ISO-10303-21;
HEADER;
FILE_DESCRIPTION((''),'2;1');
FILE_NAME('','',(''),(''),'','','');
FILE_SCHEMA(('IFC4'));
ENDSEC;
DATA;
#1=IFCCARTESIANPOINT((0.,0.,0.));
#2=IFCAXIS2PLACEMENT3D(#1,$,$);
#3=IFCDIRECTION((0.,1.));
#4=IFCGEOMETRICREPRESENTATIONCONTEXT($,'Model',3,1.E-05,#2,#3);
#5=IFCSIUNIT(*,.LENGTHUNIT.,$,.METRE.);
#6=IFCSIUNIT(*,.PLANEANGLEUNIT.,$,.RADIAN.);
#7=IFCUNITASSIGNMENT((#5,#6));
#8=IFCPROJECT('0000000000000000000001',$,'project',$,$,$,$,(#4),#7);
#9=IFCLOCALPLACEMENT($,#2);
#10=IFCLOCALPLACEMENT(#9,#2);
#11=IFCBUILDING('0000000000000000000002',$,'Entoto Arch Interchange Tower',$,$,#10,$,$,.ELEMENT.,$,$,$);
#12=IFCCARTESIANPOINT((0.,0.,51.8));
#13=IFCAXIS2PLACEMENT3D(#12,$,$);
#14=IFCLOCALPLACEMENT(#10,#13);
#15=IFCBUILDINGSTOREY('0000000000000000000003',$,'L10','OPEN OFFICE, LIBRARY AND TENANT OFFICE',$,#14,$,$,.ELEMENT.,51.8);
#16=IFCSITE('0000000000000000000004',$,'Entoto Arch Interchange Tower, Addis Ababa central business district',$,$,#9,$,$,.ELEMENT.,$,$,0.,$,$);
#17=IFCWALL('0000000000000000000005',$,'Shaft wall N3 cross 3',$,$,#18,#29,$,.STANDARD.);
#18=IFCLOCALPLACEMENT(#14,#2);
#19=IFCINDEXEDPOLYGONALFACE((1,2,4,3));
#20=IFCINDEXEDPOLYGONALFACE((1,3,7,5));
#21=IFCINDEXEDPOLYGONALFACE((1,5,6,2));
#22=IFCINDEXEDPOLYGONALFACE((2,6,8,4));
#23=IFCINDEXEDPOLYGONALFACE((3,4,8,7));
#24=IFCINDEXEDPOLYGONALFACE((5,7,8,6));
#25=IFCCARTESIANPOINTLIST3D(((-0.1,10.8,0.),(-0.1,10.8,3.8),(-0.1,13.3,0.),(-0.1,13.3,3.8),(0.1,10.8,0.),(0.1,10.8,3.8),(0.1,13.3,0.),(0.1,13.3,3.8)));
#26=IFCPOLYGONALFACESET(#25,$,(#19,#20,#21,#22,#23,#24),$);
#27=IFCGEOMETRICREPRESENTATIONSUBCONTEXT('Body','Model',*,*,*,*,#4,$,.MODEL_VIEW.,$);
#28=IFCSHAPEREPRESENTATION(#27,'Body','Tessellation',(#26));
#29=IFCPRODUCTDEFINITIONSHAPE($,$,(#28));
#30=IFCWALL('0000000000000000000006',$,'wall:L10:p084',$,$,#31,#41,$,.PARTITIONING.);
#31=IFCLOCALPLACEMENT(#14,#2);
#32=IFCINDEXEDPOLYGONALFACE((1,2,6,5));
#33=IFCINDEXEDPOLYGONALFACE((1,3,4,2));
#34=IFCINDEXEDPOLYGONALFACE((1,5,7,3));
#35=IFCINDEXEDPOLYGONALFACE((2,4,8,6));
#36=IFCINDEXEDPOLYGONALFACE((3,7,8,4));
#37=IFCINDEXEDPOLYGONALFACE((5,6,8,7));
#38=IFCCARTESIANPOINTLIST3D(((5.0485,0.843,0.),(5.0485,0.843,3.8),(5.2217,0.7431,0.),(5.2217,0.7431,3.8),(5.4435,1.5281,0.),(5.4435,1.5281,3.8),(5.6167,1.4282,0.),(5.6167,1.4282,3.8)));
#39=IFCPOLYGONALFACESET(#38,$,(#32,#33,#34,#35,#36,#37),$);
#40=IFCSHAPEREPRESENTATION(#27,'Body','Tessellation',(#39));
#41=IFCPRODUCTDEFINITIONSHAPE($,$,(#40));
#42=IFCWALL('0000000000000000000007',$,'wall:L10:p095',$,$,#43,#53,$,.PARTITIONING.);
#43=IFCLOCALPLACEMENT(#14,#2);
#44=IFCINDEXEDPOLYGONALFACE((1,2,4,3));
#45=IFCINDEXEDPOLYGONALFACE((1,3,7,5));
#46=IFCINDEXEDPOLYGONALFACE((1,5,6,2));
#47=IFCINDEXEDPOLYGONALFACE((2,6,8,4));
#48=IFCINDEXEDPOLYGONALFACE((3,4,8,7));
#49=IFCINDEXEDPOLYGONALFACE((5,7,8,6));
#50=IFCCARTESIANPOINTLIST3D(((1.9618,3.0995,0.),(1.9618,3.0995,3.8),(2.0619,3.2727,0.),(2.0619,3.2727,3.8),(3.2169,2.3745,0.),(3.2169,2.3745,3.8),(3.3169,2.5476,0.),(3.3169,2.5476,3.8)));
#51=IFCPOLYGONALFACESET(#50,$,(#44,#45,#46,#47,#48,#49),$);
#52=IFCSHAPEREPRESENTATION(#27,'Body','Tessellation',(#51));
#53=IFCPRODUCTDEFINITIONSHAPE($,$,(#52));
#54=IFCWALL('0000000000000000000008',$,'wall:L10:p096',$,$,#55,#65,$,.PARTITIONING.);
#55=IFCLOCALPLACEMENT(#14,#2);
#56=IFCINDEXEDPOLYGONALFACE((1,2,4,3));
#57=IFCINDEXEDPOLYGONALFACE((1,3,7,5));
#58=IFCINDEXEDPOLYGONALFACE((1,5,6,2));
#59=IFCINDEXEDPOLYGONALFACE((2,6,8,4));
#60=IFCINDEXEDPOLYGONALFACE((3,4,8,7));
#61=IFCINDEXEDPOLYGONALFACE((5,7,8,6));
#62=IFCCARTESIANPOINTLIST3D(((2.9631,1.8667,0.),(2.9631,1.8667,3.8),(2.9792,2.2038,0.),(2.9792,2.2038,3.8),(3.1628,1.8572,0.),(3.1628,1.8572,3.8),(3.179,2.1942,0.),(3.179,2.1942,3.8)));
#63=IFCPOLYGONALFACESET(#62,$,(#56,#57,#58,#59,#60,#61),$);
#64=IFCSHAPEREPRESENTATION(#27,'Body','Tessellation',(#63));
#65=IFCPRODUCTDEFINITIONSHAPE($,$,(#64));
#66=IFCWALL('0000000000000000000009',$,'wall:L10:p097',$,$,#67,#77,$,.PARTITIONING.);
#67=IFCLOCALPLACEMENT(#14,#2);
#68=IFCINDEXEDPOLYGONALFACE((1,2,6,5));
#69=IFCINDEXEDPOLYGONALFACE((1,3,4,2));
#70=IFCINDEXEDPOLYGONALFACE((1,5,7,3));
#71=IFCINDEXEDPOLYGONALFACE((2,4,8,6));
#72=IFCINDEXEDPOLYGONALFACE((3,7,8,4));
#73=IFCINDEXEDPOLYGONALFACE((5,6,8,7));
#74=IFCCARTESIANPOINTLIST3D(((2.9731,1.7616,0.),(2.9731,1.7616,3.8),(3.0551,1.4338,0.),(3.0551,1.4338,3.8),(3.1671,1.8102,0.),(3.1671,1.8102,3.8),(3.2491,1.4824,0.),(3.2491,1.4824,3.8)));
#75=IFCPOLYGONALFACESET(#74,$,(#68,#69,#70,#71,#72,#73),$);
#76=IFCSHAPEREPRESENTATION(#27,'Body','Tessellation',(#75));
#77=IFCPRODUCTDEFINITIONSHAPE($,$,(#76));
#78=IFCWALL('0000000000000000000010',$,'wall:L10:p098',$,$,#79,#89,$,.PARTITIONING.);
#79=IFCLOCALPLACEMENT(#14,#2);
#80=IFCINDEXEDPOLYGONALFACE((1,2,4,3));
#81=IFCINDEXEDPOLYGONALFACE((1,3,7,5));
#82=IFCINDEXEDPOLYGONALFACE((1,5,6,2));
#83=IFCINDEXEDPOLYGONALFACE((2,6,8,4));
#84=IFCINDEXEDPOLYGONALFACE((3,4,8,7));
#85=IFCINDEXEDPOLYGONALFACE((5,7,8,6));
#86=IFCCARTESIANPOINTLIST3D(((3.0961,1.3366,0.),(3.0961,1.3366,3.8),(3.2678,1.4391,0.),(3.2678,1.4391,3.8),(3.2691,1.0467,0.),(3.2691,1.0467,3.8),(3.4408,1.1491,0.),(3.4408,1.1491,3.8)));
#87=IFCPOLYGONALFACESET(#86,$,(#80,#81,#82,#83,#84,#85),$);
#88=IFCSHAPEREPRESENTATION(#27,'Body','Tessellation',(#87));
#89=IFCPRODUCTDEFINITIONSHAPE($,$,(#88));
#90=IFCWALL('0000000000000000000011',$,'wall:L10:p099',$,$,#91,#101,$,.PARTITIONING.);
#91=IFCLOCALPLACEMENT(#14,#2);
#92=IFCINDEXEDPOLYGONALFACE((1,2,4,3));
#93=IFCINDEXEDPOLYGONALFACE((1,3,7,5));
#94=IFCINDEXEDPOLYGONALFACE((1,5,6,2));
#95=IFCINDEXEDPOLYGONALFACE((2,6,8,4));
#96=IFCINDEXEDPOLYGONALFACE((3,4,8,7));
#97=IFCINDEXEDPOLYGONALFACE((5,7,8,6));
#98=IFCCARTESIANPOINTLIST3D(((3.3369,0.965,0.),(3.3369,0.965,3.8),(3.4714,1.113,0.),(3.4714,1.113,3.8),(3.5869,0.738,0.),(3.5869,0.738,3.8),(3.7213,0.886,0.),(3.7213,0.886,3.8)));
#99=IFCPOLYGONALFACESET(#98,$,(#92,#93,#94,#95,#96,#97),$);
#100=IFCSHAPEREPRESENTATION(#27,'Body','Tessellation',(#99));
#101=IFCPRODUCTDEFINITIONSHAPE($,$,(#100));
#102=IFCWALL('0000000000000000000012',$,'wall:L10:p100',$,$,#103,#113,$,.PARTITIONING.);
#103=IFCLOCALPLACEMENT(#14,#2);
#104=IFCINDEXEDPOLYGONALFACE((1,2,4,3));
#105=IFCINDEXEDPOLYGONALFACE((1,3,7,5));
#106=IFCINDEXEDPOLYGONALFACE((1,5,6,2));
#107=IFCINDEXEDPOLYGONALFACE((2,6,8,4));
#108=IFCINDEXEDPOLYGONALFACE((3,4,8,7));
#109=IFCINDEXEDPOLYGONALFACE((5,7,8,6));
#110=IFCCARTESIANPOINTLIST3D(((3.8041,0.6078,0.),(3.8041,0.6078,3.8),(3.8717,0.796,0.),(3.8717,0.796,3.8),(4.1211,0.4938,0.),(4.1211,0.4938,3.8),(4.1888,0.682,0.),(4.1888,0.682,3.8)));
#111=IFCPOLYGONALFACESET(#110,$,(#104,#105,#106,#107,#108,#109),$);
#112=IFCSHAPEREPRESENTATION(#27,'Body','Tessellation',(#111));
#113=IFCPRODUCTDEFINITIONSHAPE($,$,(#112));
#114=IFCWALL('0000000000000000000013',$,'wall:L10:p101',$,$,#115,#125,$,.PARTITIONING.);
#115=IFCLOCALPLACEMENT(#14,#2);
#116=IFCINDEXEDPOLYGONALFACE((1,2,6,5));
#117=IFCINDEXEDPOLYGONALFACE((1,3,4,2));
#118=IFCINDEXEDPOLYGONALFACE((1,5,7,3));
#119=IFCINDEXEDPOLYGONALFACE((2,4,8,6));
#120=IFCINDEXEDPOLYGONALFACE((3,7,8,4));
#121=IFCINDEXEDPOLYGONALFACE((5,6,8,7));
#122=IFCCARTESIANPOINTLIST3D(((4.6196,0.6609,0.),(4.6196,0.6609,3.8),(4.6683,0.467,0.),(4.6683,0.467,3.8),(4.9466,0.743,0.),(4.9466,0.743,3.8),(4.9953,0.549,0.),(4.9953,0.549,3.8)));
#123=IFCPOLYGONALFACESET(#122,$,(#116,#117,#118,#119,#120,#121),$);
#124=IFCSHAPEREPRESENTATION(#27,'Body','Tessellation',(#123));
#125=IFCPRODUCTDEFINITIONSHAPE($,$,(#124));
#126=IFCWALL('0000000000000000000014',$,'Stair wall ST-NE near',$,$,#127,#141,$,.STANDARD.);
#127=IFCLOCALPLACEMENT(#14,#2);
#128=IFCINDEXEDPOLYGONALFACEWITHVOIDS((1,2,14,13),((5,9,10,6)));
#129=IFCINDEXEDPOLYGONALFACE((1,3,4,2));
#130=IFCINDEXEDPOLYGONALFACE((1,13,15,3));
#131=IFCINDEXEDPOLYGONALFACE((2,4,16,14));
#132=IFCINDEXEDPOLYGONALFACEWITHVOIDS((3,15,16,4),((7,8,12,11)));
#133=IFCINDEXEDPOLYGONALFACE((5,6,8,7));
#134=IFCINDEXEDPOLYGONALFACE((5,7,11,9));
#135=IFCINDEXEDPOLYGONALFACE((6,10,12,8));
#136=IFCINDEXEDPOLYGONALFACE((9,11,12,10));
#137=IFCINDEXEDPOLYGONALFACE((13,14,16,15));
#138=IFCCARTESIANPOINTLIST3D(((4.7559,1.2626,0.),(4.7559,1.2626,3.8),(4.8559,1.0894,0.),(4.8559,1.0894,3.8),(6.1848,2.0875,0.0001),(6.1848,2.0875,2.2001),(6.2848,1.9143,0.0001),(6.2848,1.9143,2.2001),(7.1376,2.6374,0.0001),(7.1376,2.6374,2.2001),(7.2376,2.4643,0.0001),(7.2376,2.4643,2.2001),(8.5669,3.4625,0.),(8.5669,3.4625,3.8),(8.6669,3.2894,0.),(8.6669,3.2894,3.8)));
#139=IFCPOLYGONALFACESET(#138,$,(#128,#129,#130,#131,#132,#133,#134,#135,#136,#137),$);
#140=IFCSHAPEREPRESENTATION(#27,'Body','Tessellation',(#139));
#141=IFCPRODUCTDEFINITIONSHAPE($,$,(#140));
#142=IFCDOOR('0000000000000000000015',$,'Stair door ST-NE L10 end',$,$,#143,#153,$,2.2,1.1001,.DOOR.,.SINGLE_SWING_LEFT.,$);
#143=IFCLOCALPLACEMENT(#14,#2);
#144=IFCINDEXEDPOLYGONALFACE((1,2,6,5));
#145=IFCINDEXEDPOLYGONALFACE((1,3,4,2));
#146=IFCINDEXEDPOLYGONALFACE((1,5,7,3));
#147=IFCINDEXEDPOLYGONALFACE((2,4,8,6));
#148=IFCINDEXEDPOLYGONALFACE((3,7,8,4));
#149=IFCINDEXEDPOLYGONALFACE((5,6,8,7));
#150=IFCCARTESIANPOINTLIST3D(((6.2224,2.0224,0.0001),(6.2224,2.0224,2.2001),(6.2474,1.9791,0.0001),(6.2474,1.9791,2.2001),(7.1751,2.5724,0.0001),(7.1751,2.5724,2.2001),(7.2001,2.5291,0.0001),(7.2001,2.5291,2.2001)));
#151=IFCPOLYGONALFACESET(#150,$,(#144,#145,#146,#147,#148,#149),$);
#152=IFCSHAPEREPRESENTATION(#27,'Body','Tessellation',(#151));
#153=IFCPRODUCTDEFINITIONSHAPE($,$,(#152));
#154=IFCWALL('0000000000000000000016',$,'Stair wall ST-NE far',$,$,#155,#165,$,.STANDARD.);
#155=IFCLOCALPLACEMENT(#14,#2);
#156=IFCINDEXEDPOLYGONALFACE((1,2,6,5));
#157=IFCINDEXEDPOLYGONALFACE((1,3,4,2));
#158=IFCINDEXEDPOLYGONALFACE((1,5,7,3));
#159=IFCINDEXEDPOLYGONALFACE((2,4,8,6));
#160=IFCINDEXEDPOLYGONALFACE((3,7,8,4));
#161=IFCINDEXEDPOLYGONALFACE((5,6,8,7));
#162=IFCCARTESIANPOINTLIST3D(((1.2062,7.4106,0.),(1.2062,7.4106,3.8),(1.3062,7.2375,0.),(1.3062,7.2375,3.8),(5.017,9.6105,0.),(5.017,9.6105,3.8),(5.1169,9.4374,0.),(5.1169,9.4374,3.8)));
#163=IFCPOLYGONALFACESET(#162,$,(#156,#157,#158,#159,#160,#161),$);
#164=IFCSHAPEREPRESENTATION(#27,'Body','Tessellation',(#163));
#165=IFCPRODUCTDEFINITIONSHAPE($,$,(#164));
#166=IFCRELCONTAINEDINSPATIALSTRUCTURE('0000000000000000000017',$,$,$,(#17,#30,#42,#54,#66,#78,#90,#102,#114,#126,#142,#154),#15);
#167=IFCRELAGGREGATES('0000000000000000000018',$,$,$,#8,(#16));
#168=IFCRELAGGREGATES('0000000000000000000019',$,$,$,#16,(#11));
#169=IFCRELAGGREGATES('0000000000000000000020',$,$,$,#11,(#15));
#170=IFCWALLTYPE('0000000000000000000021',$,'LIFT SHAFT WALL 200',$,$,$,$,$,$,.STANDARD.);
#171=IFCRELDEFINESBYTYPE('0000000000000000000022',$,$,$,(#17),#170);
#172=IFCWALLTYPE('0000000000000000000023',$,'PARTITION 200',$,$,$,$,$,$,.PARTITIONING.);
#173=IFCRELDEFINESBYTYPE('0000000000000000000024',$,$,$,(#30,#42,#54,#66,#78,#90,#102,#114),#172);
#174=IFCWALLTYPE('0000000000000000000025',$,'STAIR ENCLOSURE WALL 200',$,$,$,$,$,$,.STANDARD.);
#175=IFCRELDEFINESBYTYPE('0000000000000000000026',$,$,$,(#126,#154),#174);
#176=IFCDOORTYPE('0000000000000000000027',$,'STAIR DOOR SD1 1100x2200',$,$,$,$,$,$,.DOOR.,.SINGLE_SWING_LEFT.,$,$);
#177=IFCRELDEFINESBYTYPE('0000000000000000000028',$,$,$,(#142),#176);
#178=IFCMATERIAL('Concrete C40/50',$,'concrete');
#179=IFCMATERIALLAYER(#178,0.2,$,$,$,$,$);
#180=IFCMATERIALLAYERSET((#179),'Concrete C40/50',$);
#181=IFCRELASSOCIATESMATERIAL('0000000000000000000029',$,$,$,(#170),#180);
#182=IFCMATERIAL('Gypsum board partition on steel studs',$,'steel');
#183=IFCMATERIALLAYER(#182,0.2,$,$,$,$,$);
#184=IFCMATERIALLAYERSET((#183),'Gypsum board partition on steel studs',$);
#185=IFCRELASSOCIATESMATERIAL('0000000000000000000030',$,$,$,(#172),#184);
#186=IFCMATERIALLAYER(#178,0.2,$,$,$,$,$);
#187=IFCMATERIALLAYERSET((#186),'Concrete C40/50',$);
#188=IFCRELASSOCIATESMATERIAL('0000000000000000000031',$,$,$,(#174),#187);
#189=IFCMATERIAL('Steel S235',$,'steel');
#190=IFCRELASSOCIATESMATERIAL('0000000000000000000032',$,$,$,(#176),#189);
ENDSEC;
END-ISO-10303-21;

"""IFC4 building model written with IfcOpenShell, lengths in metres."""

from ifc_helpers import new_model, si_unit, direction, frame, frame_2d, origin, place, context, subcontext, project, spatial, rectangle, extrude, material, layer, layer_set, type_object, element, fill, save


model = new_model("IFC4")

# Units and contexts
model_context = context("Model", 3, precision=1e-05, world=origin(), true_north=direction((0.0, 1.0)))
body_context = subcontext(model_context, "Body", "Model", "MODEL_VIEW")
ifc_project = project(units=[si_unit("LENGTHUNIT", "METRE"), si_unit("PLANEANGLEUNIT", "RADIAN")], contexts=[model_context])

# Site, building, storey
site_placement = place(None, origin())
site = spatial("IfcSite", under=ifc_project, at=site_placement, Name="Entoto Arch Interchange Tower, Addis Ababa central business district", CompositionType="ELEMENT", RefElevation=0.0)
building_placement = place(site_placement, origin())
building = spatial("IfcBuilding", under=site, at=building_placement, Name="Entoto Arch Interchange Tower", CompositionType="ELEMENT")
storey_placement = place(building_placement, frame((0.0, 0.0, 51.8)))
storey = spatial("IfcBuildingStorey", under=building, at=storey_placement, Name="L10", Description="OPEN OFFICE, LIBRARY AND TENANT OFFICE", CompositionType="ELEMENT", Elevation=51.8)

# Shared definitions
ifc_material_1 = material(Name="Concrete C40/50", Category="concrete")

# Walls
ifc_layer_1 = layer(ifc_material_1, 0.2)
ifc_layer_set_1 = layer_set([ifc_layer_1], Name="Concrete C40/50")
wall_type_1 = type_object("IfcWallType", Name="LIFT SHAFT WALL 200", PredefinedType="STANDARD", material=ifc_layer_set_1)
for number, where, z_axis, x_axis, name in (
    (1, (0.0, 10.8, 0.0), (0.0, 0.0, 1.0), (0.0, 1.0, 0.0), "Shaft wall N3 cross 3"),
):
    element("IfcWall", number, at=place(storey_placement, frame(where, z_axis=z_axis, x_axis=x_axis)), inside=storey, type_object=wall_type_1, Name=name, PredefinedType="STANDARD", context=body_context, shape_type="SweptSolid", body=[
        extrude(rectangle(XDim=2.5, YDim=0.2, at=frame_2d((1.25, 0.0))), origin(), (0.0, 0.0, 1.0), 3.8),
    ])
ifc_material_2 = material(Name="Gypsum board partition on steel studs", Category="steel")
ifc_layer_2 = layer(ifc_material_2, 0.2)
ifc_layer_set_2 = layer_set([ifc_layer_2], Name="Gypsum board partition on steel studs")
wall_type_2 = type_object("IfcWallType", Name="PARTITION 200", PredefinedType="PARTITIONING", material=ifc_layer_set_2)
wall_1_placement = place(storey_placement, frame((5.135, 0.793, 0.0), z_axis=(0.0, 0.0, 1.0), x_axis=(0.499526, 0.866299, 0.0)))
element("IfcWall", 2, at=wall_1_placement, inside=storey, type_object=wall_type_2, Name="wall:L10:p084", PredefinedType="PARTITIONING", context=body_context, shape_type="SweptSolid", body=[
    extrude(rectangle(XDim=0.7908, YDim=0.2, at=frame_2d((0.3955, 0.0))), origin(), (0.0, 0.0, 1.0), 3.8),
])
wall_2_placement = place(storey_placement, frame((2.012, 3.186, 0.0), z_axis=(0.0, 0.0, 1.0), x_axis=(0.865891, -0.500233, 0.0)))
element("IfcWall", 3, at=wall_2_placement, inside=storey, type_object=wall_type_2, Name="wall:L10:p095", PredefinedType="PARTITIONING", context=body_context, shape_type="SweptSolid", body=[
    extrude(rectangle(XDim=1.4495, YDim=0.2, at=frame_2d((0.7246, 0.0))), origin(), (0.0, 0.0, 1.0), 3.8),
])
wall_3_placement = place(storey_placement, frame((3.0791, 2.199, 0.0), z_axis=(0.0, 0.0, 1.0), x_axis=(-0.047771, -0.998858, 0.0)))
element("IfcWall", 4, at=wall_3_placement, inside=storey, type_object=wall_type_2, Name="wall:L10:p096", PredefinedType="PARTITIONING", context=body_context, shape_type="SweptSolid", body=[
    extrude(rectangle(XDim=0.3374, YDim=0.2, at=frame_2d((0.1687, 0.0))), origin(), (0.0, 0.0, 1.0), 3.8),
])
wall_4_placement = place(storey_placement, frame((3.0701, 1.7859, 0.0), z_axis=(0.0, 0.0, 1.0), x_axis=(0.242706, -0.9701, 0.0)))
element("IfcWall", 5, at=wall_4_placement, inside=storey, type_object=wall_type_2, Name="wall:L10:p097", PredefinedType="PARTITIONING", context=body_context, shape_type="SweptSolid", body=[
    extrude(rectangle(XDim=0.3379, YDim=0.2, at=frame_2d((0.1689, 0.0))), origin(), (0.0, 0.0, 1.0), 3.8),
])
for number, where, z_axis, x_axis, name in (
    (6, (3.1819, 1.3879, 0.0), (0.0, 0.0, 1.0), (0.512475, -0.858702, 0.0), "wall:L10:p098"),
    (7, (3.4041, 1.0391, 0.0), (0.0, 0.0, 1.0), (0.740267, -0.672313, 0.0), "wall:L10:p099"),
):
    element("IfcWall", number, at=place(storey_placement, frame(where, z_axis=z_axis, x_axis=x_axis)), inside=storey, type_object=wall_type_2, Name=name, PredefinedType="PARTITIONING", context=body_context, shape_type="SweptSolid", body=[
        extrude(rectangle(XDim=0.3376, YDim=0.2, at=frame_2d((0.1689, 0.0))), origin(), (0.0, 0.0, 1.0), 3.8),
    ])
wall_5_placement = place(storey_placement, frame((3.8379, 0.7019, 0.0), z_axis=(0.0, 0.0, 1.0), x_axis=(0.941035, -0.338309, 0.0)))
element("IfcWall", 8, at=wall_5_placement, inside=storey, type_object=wall_type_2, Name="wall:L10:p100", PredefinedType="PARTITIONING", context=body_context, shape_type="SweptSolid", body=[
    extrude(rectangle(XDim=0.3369, YDim=0.2, at=frame_2d((0.1685, 0.0))), origin(), (0.0, 0.0, 1.0), 3.8),
])
wall_6_placement = place(storey_placement, frame((4.644, 0.564, 0.0), z_axis=(0.0, 0.0, 1.0), x_axis=(0.969929, 0.243388, 0.0)))
element("IfcWall", 9, at=wall_6_placement, inside=storey, type_object=wall_type_2, Name="wall:L10:p101", PredefinedType="PARTITIONING", context=body_context, shape_type="SweptSolid", body=[
    extrude(rectangle(XDim=0.3372, YDim=0.2, at=frame_2d((0.1685, 0.0))), origin(), (0.0, 0.0, 1.0), 3.8),
])

# Wall, opening, door
ifc_layer_3 = layer(ifc_material_1, 0.2)
ifc_layer_set_3 = layer_set([ifc_layer_3], Name="Concrete C40/50")
wall_type_3 = type_object("IfcWallType", Name="STAIR ENCLOSURE WALL 200", PredefinedType="STANDARD", material=ifc_layer_set_3)
wall_7_placement = place(storey_placement, frame((4.8059, 1.176, 0.0), z_axis=(0.0, 0.0, 1.0), x_axis=(0.86606, 0.49994, 0.0)))
wall_7 = element("IfcWall", 10, at=wall_7_placement, inside=storey, type_object=wall_type_3, Name="Stair wall ST-NE near", PredefinedType="STANDARD", context=body_context, shape_type="SweptSolid", body=[
    extrude(rectangle(XDim=4.4004, YDim=0.2, at=frame_2d((2.2002, 0.0))), origin(), (0.0, 0.0, 1.0), 3.8),
])
opening_1_placement = place(wall_7_placement, frame((1.6499, 0.0, 0.0)))
opening_1 = element("IfcOpeningElement", 11, at=opening_1_placement, cuts=wall_7, PredefinedType="OPENING", context=body_context, shape_type="SweptSolid", body=[
    extrude(rectangle(XDim=1.1001, YDim=2.2, at=frame_2d((0.55, 1.1001))), frame((0.0, 0.1099, 0.0), z_axis=(0.0, -1.0, 0.0), x_axis=(1.0, 0.0, 0.0)), (0.0, 0.0, 1.0), 0.22),
])
ifc_material_3 = material(Name="Steel S235", Category="steel")
door_type = type_object("IfcDoorType", Name="STAIR DOOR SD1 1100x2200", OperationType="SINGLE_SWING_LEFT", PredefinedType="DOOR", material=ifc_material_3)
door_1_placement = place(opening_1_placement, origin())
door_1 = element("IfcDoor", 12, at=door_1_placement, inside=storey, type_object=door_type, Name="Stair door ST-NE L10 end", OperationType="SINGLE_SWING_LEFT", OverallHeight=2.2, OverallWidth=1.1001, PredefinedType="DOOR", context=body_context, shape_type="SweptSolid", body=[
    extrude(rectangle(XDim=1.1001, YDim=2.2, at=frame_2d((0.55, 1.1001))), frame((0.0, 0.0249, 0.0), z_axis=(0.0, -1.0, 0.0), x_axis=(1.0, 0.0, 0.0)), (0.0, 0.0, 1.0), 0.05),
])
fill(opening_1, door_1)

# Wall
wall_8_placement = place(storey_placement, frame((1.2561, 7.324, 0.0), z_axis=(0.0, 0.0, 1.0), x_axis=(0.866046, 0.499964, 0.0)))
element("IfcWall", 13, at=wall_8_placement, inside=storey, type_object=wall_type_3, Name="Stair wall ST-NE far", PredefinedType="STANDARD", context=body_context, shape_type="SweptSolid", body=[
    extrude(rectangle(XDim=4.4001, YDim=0.2, at=frame_2d((2.2002, 0.0))), origin(), (0.0, 0.0, 1.0), 3.8),
])

save(model, "model.ifc")
